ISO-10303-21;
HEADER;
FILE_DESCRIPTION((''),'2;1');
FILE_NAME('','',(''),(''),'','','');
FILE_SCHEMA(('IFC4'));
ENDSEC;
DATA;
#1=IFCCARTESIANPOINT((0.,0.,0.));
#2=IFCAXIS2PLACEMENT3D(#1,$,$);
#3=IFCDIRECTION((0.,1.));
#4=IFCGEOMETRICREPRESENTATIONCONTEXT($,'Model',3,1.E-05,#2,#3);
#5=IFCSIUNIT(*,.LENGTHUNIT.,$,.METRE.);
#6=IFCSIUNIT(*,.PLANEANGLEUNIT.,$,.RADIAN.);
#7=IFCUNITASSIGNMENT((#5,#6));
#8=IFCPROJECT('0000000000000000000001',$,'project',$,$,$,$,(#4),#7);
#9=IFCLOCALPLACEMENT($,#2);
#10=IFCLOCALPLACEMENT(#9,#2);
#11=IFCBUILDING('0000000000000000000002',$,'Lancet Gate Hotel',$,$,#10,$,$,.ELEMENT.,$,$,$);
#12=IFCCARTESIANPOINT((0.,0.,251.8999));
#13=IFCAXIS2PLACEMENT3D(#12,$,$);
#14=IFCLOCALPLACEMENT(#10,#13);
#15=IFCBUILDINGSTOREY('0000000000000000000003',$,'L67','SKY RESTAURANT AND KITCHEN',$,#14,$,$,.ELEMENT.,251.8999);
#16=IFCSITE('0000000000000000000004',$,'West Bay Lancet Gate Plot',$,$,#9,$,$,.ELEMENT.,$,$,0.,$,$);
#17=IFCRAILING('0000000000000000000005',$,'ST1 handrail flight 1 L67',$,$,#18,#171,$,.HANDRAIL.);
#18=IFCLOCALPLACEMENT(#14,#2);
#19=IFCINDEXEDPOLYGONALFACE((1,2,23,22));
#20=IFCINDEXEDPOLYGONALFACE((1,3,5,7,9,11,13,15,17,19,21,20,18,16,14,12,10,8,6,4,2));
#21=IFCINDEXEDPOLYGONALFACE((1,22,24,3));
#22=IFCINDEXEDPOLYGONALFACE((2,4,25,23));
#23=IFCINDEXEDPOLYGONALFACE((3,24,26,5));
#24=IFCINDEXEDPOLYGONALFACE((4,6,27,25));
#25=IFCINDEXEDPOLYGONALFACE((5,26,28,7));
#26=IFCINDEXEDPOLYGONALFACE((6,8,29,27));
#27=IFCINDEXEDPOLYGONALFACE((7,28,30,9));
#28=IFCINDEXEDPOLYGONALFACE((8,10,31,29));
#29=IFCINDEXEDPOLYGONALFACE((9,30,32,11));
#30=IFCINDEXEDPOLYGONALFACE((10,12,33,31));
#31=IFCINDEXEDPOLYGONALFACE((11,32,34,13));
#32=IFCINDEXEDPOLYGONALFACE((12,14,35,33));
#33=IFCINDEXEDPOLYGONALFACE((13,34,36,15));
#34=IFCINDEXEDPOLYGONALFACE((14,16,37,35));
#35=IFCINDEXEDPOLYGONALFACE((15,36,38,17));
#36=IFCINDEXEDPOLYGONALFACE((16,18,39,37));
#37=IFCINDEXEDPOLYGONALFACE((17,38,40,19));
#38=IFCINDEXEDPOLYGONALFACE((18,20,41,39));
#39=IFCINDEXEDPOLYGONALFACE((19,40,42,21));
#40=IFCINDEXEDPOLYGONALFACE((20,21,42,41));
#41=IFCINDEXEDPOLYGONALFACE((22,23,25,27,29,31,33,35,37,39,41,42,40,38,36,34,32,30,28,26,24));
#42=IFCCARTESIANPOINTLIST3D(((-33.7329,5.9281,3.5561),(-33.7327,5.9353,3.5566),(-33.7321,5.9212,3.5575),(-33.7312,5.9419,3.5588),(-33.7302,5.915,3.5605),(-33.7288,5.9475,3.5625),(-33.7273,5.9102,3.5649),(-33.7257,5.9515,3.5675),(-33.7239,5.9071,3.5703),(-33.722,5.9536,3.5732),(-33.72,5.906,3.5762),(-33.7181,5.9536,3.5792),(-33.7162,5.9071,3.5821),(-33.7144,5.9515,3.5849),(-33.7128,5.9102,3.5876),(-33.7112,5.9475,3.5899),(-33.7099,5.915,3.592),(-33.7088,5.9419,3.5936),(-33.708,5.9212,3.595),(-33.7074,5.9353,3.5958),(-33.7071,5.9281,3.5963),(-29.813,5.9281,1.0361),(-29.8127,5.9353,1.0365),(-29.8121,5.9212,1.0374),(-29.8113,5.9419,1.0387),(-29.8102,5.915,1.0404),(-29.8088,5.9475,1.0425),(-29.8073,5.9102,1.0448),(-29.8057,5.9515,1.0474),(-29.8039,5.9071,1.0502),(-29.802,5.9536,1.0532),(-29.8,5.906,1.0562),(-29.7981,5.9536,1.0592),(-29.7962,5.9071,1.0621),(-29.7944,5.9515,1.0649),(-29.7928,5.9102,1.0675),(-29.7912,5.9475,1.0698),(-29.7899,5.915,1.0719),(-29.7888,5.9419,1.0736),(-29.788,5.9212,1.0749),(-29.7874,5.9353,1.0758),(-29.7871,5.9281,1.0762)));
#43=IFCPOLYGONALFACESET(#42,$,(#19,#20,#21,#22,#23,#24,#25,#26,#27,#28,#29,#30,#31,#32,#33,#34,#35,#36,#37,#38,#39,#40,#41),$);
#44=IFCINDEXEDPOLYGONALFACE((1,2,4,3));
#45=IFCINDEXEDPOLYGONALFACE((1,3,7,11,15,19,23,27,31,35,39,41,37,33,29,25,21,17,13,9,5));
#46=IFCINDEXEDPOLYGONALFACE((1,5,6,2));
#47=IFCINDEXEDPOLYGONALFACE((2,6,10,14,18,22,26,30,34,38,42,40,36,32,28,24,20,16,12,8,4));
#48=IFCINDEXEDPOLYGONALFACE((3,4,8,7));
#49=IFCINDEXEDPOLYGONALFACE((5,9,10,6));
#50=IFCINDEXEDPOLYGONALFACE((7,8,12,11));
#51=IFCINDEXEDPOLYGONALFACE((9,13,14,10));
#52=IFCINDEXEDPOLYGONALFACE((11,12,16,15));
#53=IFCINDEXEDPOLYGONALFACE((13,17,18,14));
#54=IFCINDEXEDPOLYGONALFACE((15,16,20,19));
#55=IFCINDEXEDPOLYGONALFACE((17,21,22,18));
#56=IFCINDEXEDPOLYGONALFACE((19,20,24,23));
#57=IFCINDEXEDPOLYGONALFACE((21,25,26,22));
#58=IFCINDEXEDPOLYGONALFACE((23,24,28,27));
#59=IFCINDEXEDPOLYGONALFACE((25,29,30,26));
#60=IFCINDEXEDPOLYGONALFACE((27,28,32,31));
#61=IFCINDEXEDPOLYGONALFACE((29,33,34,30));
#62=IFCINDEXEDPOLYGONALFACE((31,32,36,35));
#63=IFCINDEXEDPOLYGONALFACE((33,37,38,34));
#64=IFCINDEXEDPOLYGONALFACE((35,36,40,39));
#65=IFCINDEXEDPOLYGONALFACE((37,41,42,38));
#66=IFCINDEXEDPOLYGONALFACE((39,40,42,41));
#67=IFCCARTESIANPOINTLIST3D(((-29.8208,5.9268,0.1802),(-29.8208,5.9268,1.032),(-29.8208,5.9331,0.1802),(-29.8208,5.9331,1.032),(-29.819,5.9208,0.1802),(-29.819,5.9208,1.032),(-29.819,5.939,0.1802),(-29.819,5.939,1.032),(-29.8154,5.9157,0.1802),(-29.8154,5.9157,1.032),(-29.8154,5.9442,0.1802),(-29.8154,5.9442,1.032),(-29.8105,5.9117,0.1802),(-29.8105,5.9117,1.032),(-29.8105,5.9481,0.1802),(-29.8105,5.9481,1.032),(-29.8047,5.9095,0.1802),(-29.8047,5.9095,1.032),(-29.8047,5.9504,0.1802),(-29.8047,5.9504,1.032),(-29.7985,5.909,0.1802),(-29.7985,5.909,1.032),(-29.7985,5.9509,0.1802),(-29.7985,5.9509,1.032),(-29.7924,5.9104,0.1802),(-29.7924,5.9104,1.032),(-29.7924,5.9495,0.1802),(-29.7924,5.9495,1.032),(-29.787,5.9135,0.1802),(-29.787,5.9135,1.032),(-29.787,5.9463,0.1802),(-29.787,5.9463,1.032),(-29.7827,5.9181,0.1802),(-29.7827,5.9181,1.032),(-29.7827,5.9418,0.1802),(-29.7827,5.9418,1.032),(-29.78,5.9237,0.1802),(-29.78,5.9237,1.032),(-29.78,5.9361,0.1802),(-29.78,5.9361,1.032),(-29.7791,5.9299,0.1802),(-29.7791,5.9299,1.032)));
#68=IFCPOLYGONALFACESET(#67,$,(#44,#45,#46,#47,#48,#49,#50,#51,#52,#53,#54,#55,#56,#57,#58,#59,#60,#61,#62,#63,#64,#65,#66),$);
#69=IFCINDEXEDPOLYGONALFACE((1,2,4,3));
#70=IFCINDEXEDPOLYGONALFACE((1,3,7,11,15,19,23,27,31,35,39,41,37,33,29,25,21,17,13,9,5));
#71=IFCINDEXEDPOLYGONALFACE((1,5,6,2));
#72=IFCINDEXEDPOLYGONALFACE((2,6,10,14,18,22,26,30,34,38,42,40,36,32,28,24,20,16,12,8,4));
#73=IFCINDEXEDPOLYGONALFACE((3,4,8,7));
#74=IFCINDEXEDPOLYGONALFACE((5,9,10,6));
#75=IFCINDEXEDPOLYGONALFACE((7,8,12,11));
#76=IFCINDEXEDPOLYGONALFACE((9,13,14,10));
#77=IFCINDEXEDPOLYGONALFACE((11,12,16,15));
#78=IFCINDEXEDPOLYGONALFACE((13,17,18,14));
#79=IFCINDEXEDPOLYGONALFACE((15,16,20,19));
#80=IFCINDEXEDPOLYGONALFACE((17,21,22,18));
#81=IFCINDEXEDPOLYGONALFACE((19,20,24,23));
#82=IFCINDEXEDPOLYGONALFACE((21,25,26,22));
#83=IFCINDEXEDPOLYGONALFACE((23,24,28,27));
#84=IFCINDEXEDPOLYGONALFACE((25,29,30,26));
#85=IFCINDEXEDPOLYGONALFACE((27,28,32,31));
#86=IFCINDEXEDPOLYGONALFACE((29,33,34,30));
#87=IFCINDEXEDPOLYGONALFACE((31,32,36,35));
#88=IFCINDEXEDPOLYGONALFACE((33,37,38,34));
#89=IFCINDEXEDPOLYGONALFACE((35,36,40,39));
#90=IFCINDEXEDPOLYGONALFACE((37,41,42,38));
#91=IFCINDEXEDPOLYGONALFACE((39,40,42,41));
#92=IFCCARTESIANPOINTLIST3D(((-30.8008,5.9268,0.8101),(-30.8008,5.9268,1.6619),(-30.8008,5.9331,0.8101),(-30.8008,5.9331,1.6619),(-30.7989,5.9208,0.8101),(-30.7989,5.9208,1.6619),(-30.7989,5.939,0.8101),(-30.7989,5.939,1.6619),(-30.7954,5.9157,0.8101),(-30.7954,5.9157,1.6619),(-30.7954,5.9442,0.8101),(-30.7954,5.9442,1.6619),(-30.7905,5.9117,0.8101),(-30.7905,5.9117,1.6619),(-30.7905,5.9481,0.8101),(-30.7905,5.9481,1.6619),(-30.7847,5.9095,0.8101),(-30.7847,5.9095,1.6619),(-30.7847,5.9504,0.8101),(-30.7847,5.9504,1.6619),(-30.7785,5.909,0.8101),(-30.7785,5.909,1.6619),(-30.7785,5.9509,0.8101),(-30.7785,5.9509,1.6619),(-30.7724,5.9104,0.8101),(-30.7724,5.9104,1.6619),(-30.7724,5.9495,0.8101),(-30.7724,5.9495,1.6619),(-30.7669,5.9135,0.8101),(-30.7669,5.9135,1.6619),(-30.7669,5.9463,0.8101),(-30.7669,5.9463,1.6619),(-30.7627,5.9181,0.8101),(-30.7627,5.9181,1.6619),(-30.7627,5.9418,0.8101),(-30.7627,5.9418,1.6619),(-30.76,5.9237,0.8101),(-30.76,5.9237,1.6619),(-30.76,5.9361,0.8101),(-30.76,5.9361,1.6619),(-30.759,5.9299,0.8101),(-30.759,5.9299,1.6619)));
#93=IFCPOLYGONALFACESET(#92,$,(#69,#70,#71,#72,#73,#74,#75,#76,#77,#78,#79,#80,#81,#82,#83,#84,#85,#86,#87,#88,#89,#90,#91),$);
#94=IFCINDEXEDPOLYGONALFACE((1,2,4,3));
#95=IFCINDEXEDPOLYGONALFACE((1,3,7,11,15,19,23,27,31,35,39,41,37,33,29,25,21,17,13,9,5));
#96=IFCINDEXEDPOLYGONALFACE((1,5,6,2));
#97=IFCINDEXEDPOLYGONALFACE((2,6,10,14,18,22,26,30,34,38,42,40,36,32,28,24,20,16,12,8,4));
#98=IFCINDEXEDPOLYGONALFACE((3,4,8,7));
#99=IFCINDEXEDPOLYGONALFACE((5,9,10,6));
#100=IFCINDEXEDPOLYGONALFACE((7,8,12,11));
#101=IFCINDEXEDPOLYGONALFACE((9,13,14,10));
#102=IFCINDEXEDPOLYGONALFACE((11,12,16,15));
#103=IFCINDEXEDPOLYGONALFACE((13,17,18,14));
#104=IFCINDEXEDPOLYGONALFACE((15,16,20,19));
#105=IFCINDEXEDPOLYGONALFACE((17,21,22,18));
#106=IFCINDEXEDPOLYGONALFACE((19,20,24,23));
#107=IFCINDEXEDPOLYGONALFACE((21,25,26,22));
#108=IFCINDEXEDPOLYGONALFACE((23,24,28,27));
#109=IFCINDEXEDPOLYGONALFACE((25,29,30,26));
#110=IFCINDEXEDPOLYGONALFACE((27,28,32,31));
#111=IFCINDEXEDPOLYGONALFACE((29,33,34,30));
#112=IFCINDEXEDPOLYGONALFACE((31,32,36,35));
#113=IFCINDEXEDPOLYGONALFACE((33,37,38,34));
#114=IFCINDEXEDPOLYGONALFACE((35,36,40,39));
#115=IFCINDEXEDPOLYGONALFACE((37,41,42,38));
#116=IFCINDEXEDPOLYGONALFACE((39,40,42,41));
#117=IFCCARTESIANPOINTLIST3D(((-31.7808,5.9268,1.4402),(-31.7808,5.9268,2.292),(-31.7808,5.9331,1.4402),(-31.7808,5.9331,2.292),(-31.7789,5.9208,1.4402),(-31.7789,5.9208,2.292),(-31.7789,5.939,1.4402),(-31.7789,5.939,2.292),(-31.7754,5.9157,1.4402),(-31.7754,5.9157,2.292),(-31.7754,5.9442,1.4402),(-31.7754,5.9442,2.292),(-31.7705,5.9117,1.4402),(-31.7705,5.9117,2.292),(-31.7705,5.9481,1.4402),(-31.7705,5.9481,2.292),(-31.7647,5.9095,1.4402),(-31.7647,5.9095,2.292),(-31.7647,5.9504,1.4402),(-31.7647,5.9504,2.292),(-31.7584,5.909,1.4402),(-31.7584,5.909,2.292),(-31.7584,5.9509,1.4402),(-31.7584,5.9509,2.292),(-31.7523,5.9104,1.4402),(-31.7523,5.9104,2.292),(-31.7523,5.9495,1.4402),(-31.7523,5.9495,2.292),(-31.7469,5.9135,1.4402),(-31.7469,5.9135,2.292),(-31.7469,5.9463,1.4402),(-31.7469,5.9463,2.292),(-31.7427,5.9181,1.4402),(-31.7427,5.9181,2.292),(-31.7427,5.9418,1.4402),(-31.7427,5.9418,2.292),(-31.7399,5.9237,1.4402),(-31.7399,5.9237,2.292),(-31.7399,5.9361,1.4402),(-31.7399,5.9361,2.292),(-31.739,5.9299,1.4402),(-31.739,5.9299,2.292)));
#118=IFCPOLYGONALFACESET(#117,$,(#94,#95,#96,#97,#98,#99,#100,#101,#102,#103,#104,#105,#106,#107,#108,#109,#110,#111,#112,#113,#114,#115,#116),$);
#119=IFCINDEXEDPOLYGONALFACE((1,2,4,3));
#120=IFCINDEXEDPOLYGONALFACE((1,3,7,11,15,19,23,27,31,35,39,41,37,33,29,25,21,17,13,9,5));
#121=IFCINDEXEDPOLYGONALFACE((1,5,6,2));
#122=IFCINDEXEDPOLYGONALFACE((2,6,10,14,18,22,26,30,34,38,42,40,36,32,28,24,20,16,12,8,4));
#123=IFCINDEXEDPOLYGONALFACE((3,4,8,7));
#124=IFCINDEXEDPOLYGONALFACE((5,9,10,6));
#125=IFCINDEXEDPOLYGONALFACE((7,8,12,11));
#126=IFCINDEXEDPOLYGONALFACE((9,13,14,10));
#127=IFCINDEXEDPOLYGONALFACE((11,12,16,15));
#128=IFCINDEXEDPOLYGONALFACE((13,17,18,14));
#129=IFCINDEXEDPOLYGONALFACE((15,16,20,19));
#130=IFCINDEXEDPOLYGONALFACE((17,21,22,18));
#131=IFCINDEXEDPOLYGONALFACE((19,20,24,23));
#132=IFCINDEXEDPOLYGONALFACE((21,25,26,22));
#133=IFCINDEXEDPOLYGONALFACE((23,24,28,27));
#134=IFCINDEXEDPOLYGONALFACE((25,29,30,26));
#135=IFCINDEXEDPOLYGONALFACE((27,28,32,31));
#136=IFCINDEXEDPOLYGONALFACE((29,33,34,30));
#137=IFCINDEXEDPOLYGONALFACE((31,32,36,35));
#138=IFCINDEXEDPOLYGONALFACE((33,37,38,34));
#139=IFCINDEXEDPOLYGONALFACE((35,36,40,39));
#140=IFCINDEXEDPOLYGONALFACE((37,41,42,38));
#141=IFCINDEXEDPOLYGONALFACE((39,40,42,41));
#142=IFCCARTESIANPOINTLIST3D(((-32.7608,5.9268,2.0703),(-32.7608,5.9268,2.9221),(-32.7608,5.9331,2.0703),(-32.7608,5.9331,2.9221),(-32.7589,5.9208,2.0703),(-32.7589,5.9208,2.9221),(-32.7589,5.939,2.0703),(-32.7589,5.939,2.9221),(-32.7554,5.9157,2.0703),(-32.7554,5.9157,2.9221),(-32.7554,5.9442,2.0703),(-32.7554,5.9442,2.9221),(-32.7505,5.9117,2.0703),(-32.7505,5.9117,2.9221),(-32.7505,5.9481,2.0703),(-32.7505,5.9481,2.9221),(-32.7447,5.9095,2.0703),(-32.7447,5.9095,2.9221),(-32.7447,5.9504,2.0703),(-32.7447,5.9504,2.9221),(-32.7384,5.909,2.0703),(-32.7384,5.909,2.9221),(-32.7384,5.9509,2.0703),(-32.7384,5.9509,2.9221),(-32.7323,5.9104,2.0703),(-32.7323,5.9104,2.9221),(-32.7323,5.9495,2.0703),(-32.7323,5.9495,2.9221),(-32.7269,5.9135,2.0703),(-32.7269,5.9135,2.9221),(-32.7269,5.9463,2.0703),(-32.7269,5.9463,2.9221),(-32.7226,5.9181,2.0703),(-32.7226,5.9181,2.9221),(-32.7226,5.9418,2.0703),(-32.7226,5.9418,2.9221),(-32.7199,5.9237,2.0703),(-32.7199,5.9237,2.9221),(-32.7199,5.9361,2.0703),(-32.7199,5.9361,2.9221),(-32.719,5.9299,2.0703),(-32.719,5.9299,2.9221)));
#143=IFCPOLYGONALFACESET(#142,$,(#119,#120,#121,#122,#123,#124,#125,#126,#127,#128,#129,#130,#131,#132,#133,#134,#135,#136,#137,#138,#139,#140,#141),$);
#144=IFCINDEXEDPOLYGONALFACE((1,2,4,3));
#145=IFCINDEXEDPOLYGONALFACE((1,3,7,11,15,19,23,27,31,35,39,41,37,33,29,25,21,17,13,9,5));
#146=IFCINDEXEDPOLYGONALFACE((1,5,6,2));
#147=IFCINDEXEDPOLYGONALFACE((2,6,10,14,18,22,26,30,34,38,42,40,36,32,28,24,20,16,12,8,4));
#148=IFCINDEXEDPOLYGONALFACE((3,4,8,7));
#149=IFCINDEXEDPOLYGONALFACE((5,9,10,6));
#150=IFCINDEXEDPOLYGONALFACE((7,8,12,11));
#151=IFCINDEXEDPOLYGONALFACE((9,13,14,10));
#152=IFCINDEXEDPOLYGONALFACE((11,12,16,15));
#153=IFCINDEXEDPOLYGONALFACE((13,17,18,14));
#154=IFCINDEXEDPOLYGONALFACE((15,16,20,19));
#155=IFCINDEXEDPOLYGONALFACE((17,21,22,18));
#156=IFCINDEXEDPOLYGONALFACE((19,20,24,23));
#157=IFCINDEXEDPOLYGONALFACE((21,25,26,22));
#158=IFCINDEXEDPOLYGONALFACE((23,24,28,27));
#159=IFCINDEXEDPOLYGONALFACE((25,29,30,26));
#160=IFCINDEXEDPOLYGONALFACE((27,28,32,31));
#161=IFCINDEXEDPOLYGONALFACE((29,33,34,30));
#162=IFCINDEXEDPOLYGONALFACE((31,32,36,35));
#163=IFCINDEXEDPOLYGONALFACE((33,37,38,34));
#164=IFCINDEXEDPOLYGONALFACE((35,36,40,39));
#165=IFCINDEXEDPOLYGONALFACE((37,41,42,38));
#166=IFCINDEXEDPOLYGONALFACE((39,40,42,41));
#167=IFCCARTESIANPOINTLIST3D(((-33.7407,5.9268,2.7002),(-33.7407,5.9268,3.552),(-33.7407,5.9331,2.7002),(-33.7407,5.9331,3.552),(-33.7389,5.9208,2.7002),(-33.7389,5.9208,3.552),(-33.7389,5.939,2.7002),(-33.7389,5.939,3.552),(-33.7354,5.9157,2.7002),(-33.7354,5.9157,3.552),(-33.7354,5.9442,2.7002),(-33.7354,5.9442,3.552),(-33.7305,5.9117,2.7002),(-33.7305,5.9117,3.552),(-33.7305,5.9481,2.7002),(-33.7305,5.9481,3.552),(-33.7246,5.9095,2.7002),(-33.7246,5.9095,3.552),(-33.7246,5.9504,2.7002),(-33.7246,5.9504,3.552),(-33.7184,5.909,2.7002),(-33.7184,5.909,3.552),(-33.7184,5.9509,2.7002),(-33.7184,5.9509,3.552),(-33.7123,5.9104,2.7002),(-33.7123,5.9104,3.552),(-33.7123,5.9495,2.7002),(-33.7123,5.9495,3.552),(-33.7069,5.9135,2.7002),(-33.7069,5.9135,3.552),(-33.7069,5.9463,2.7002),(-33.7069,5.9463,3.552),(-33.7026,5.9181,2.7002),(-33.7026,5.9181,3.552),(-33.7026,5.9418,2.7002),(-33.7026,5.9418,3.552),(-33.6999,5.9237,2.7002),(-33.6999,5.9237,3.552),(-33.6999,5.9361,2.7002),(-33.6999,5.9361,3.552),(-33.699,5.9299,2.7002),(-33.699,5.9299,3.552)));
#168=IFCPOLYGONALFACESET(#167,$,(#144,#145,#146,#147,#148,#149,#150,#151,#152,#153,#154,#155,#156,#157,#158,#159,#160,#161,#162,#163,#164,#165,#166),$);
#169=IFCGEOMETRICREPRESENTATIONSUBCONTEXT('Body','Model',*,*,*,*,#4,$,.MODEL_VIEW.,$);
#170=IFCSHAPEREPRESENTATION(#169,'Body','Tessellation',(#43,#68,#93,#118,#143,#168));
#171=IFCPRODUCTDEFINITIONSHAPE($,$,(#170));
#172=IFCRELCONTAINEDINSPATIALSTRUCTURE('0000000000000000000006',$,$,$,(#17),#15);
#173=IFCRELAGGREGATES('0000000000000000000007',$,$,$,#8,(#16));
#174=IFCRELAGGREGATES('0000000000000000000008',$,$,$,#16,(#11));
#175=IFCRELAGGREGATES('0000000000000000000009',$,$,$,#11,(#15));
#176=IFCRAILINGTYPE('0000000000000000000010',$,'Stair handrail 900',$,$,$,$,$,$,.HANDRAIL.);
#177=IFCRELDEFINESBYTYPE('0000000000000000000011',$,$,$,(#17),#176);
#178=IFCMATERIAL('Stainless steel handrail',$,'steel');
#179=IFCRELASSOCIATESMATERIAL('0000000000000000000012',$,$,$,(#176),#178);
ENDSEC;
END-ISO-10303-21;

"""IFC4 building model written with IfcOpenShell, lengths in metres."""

from ifc_helpers import new_model, si_unit, direction, frame, origin, origin_2d, place, context, subcontext, project, spatial, circle, extrude, material, type_object, element, save


model = new_model("IFC4")

# Units and contexts
model_context = context("Model", 3, precision=1e-05, world=origin(), true_north=direction((0.0, 1.0)))
body_context = subcontext(model_context, "Body", "Model", "MODEL_VIEW")
ifc_project = project(units=[si_unit("LENGTHUNIT", "METRE"), si_unit("PLANEANGLEUNIT", "RADIAN")], contexts=[model_context])

# Site, building, storey
site_placement = place(None, origin())
site = spatial("IfcSite", under=ifc_project, at=site_placement, Name="West Bay Lancet Gate Plot", CompositionType="ELEMENT", RefElevation=0.0)
building_placement = place(site_placement, origin())
building = spatial("IfcBuilding", under=site, at=building_placement, Name="Lancet Gate Hotel", CompositionType="ELEMENT")
storey_placement = place(building_placement, frame((0.0, 0.0, 251.8999)))
storey = spatial("IfcBuildingStorey", under=building, at=storey_placement, Name="L67", Description="SKY RESTAURANT AND KITCHEN", CompositionType="ELEMENT", Elevation=251.8999)

# Railing
ifc_material_1 = material(Name="Stainless steel handrail", Category="steel")
railing_type = type_object("IfcRailingType", Name="Stair handrail 900", PredefinedType="HANDRAIL", material=ifc_material_1)
railing_placement = place(storey_placement, frame((-29.8, 5.9299, 0.1802)))
element("IfcRailing", 1, at=railing_placement, inside=storey, type_object=railing_type, Name="ST1 handrail flight 1 L67", PredefinedType="HANDRAIL", context=body_context, shape_type="SweptSolid", body=[
    extrude(circle(Radius=0.0239, at=origin_2d()), frame((0.0, 0.0, 0.876), z_axis=(-0.841172, 0.0, 0.540768), x_axis=(0.0, -1.0, 0.0)), (0.0, 0.0, 1.0), 4.6602),
    extrude(circle(Radius=0.021, at=origin_2d()), origin(), (0.0, 0.0, 1.0), 0.8518),
    extrude(circle(Radius=0.021, at=origin_2d()), frame((-0.98, 0.0, 0.6299)), (0.0, 0.0, 1.0), 0.8518),
    extrude(circle(Radius=0.021, at=origin_2d()), frame((-1.96, 0.0, 1.26)), (0.0, 0.0, 1.0), 0.8518),
    extrude(circle(Radius=0.021, at=origin_2d()), frame((-2.9399, 0.0, 1.8901)), (0.0, 0.0, 1.0), 0.8518),
    extrude(circle(Radius=0.021, at=origin_2d()), frame((-3.9199, 0.0, 2.52)), (0.0, 0.0, 1.0), 0.8518),
])

save(model, "model.ifc")
